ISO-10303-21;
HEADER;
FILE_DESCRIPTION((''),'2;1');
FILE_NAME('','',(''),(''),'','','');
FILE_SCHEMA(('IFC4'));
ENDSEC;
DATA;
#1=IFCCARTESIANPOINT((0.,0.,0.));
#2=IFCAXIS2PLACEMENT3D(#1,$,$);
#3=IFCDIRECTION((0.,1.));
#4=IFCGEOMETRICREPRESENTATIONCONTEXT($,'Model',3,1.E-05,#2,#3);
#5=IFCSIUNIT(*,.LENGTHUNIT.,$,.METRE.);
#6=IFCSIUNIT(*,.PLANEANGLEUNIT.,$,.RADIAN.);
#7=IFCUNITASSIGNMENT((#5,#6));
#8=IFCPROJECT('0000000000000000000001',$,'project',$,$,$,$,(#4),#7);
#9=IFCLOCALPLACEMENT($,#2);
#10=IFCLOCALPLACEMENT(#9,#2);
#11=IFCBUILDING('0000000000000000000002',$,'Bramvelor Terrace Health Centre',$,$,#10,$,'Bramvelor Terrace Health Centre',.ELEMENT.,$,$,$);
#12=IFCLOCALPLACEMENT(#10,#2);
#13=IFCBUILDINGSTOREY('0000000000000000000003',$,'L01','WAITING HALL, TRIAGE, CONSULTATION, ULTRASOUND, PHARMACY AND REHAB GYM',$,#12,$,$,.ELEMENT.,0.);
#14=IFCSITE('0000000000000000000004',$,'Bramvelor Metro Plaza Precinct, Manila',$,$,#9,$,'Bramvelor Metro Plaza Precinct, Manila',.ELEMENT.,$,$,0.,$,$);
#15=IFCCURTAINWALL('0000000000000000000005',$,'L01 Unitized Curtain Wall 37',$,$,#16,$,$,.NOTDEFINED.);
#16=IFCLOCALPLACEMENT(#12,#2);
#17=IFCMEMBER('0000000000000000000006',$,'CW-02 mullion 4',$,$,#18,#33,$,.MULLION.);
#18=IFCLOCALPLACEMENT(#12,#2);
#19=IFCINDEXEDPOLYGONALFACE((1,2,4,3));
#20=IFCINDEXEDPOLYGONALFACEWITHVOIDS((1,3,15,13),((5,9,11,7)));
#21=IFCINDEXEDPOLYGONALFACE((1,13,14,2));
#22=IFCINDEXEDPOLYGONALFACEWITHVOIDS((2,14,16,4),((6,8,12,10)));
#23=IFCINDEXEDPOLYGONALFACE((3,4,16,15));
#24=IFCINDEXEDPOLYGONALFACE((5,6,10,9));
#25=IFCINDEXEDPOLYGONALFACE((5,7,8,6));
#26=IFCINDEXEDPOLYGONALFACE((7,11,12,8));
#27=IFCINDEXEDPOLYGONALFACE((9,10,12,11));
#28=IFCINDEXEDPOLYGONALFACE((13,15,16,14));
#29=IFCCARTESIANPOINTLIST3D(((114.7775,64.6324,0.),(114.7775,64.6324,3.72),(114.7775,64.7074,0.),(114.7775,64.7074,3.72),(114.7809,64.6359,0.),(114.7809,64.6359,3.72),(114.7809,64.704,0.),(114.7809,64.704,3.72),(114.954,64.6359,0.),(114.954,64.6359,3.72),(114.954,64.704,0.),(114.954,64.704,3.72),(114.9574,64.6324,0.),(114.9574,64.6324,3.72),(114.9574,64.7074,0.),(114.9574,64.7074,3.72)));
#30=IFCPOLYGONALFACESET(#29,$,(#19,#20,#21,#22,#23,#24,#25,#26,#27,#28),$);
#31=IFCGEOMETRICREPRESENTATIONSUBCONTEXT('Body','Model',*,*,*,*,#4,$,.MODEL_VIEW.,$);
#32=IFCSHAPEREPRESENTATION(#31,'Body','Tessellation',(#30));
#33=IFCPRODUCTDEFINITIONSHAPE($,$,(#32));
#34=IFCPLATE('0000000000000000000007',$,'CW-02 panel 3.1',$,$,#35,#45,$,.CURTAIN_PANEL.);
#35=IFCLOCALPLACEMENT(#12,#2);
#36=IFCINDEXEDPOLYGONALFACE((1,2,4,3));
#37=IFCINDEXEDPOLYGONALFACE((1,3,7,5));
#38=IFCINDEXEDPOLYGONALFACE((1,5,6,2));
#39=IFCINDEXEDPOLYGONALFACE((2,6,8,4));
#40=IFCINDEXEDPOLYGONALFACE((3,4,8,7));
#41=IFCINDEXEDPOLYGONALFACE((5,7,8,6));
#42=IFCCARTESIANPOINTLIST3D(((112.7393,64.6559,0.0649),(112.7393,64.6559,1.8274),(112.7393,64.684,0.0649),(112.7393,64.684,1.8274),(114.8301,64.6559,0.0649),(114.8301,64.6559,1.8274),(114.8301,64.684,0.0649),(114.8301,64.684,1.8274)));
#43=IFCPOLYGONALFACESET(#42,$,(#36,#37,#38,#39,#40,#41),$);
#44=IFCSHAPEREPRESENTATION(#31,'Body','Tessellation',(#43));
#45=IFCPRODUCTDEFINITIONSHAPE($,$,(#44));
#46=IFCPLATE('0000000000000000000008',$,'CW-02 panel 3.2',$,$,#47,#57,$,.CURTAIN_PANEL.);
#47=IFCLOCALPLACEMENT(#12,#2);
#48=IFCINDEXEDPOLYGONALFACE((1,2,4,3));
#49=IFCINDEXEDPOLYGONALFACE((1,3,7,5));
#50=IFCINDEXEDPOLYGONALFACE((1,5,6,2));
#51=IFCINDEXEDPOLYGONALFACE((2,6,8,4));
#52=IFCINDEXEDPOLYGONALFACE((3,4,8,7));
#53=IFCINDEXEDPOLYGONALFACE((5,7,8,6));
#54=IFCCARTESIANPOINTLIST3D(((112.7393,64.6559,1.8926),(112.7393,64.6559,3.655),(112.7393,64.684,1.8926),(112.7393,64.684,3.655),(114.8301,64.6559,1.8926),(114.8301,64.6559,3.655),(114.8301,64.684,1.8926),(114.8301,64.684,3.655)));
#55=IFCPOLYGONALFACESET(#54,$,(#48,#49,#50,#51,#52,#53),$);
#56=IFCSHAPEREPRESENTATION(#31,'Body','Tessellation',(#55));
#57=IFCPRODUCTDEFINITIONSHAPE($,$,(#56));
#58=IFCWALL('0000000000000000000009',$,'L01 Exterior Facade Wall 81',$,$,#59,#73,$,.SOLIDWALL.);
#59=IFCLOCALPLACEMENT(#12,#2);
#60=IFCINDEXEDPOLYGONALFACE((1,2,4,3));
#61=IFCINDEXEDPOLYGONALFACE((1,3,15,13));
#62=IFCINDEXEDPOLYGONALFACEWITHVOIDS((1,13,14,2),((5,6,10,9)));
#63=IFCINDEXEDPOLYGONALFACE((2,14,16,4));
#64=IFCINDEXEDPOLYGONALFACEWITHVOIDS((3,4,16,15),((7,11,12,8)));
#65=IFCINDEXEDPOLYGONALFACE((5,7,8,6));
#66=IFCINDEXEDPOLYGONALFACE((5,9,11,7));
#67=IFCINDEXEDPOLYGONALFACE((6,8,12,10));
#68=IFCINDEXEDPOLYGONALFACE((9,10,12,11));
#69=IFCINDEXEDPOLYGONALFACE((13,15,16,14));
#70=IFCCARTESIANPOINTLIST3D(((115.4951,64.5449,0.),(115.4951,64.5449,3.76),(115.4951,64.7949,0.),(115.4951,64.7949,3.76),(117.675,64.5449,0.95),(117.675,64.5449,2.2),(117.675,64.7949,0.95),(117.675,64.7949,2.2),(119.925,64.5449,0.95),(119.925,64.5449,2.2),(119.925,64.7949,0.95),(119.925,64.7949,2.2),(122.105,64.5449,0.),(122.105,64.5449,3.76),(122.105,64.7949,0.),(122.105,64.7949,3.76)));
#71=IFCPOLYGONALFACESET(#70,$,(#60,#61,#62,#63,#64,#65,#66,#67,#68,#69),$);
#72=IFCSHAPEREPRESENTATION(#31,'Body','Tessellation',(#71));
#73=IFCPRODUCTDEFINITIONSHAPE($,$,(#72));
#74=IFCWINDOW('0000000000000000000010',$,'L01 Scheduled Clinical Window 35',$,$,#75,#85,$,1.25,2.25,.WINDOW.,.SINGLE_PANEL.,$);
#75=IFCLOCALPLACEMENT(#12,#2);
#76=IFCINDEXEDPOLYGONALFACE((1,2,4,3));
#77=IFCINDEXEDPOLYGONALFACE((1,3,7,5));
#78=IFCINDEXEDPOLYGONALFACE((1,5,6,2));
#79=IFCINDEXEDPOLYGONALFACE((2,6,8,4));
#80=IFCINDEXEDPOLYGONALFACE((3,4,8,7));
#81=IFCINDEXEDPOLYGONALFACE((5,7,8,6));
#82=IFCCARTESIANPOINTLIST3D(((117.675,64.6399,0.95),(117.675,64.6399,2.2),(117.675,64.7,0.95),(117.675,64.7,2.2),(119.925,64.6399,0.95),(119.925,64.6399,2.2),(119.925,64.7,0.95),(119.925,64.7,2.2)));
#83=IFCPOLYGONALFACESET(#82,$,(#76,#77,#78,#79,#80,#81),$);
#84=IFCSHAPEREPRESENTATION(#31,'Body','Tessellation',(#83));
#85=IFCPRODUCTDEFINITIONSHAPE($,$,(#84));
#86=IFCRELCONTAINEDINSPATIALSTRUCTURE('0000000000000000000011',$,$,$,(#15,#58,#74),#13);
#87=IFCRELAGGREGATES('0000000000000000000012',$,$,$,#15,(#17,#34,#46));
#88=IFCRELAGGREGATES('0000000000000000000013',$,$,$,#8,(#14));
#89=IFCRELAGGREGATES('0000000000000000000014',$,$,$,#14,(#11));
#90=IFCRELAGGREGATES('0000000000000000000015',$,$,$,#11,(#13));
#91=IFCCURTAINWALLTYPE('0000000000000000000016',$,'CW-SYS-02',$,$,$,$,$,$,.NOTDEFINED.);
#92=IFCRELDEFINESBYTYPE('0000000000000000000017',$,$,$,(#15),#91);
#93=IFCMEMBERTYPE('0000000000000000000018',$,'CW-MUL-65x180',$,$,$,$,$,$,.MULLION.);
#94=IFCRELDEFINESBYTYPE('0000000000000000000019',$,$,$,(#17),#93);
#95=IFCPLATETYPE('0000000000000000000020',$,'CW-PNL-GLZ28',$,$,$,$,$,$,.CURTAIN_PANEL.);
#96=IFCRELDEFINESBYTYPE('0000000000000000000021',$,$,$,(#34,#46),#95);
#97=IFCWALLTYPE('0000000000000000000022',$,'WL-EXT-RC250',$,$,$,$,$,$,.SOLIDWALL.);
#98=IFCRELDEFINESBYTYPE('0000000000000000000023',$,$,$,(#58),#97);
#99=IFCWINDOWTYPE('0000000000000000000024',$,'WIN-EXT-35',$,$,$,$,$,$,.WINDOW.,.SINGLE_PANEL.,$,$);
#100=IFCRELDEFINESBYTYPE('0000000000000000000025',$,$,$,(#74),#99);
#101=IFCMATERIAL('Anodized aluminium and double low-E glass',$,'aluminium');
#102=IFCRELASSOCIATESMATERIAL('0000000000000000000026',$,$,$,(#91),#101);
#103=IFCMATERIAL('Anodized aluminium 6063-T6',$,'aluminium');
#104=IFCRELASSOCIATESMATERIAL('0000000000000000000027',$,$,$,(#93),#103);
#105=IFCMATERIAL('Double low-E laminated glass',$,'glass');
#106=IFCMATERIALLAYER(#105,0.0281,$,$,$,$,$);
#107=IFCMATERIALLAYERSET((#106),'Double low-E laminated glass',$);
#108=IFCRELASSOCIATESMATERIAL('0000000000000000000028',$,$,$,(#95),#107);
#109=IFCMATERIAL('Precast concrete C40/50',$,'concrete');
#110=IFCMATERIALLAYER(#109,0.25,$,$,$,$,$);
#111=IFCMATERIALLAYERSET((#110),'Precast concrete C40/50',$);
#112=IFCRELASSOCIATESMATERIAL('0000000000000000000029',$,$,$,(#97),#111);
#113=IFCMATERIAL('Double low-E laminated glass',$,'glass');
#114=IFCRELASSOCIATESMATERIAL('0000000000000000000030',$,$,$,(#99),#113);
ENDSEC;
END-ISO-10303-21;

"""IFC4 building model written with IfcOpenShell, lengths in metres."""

from ifc_helpers import new_model, si_unit, direction, frame, frame_2d, origin, origin_2d, place, context, subcontext, project, spatial, rectangle, hollow_rectangle, extrude, material, layer, layer_set, material_profile, profile_set, type_object, element, fill, aggregate, save


model = new_model("IFC4")

# Units and contexts
model_context = context("Model", 3, precision=1e-05, world=origin(), true_north=direction((0.0, 1.0)))
body_context = subcontext(model_context, "Body", "Model", "MODEL_VIEW")
ifc_project = project(units=[si_unit("LENGTHUNIT", "METRE"), si_unit("PLANEANGLEUNIT", "RADIAN")], contexts=[model_context])

# Site, building, storey
site_placement = place(None, origin())
site = spatial("IfcSite", under=ifc_project, at=site_placement, Name="Bramvelor Metro Plaza Precinct, Manila", LongName="Bramvelor Metro Plaza Precinct, Manila", CompositionType="ELEMENT", RefElevation=0.0)
building_placement = place(site_placement, origin())
building = spatial("IfcBuilding", under=site, at=building_placement, Name="Bramvelor Terrace Health Centre", LongName="Bramvelor Terrace Health Centre", CompositionType="ELEMENT")
storey_placement = place(building_placement, origin())
storey = spatial("IfcBuildingStorey", under=building, at=storey_placement, Name="L01", Description="WAITING HALL, TRIAGE, CONSULTATION, ULTRASOUND, PHARMACY AND REHAB GYM", CompositionType="ELEMENT", Elevation=0.0)

# Curtain wall, member, plates
ifc_material_1 = material(Name="Anodized aluminium and double low-E glass", Category="aluminium")
curtain_wall_type = type_object("IfcCurtainWallType", Name="CW-SYS-02", PredefinedType="NOTDEFINED", material=ifc_material_1)
curtain_wall_placement = place(storey_placement, origin())
curtain_wall = element("IfcCurtainWall", 1, at=curtain_wall_placement, inside=storey, type_object=curtain_wall_type, Name="L01 Unitized Curtain Wall 37", PredefinedType="NOTDEFINED")
ifc_material_2 = material(Name="Anodized aluminium 6063-T6", Category="aluminium")
ifc_material_profile_1 = material_profile(ifc_material_2, hollow_rectangle(XDim=0.075, YDim=0.1799, WallThickness=0.0034, at=origin_2d()), Name="ALU-MUL 75x180x3.5")
ifc_profile_set_1 = profile_set([ifc_material_profile_1], Name="Anodized aluminium 6063-T6")
member_type = type_object("IfcMemberType", Name="CW-MUL-65x180", PredefinedType="MULLION", material=ifc_profile_set_1)
member_placement = place(storey_placement, frame((114.8674, 64.6699, 0.0), z_axis=(0.0, 0.0, 1.0), x_axis=(0.0, 1.0, 0.0)))
member = element("IfcMember", 2, at=member_placement, type_object=member_type, Name="CW-02 mullion 4", PredefinedType="MULLION", context=body_context, shape_type="SweptSolid", body=[
    extrude(hollow_rectangle(XDim=0.075, YDim=0.1799, WallThickness=0.0034, at=origin_2d()), origin(), (0.0, 0.0, 1.0), 3.72),
])
ifc_material_3 = material(Name="Double low-E laminated glass", Category="glass")
ifc_layer_1 = layer(ifc_material_3, 0.0281)
ifc_layer_set_1 = layer_set([ifc_layer_1], Name="Double low-E laminated glass")
plate_type = type_object("IfcPlateType", Name="CW-PNL-GLZ28", PredefinedType="CURTAIN_PANEL", material=ifc_layer_set_1)
plate_1_placement = place(storey_placement, frame((113.7847, 64.6699, 0.0649), z_axis=(0.0, 0.0, 1.0), x_axis=(1.0, 0.0, 0.0)))
plate_1 = element("IfcPlate", 3, at=plate_1_placement, type_object=plate_type, Name="CW-02 panel 3.1", PredefinedType="CURTAIN_PANEL", context=body_context, shape_type="SweptSolid", body=[
    extrude(rectangle(XDim=2.0908, YDim=0.0281, at=origin_2d()), origin(), (0.0, 0.0, 1.0), 1.7625),
])
plate_2_placement = place(storey_placement, frame((113.7847, 64.6699, 1.8926), z_axis=(0.0, 0.0, 1.0), x_axis=(1.0, 0.0, 0.0)))
plate_2 = element("IfcPlate", 4, at=plate_2_placement, type_object=plate_type, Name="CW-02 panel 3.2", PredefinedType="CURTAIN_PANEL", context=body_context, shape_type="SweptSolid", body=[
    extrude(rectangle(XDim=2.0908, YDim=0.0281, at=origin_2d()), origin(), (0.0, 0.0, 1.0), 1.7625),
])
aggregate(curtain_wall, [member, plate_1, plate_2])

# Wall, opening, window
ifc_material_4 = material(Name="Precast concrete C40/50", Category="concrete")
ifc_layer_2 = layer(ifc_material_4, 0.25)
ifc_layer_set_2 = layer_set([ifc_layer_2], Name="Precast concrete C40/50")
wall_type = type_object("IfcWallType", Name="WL-EXT-RC250", PredefinedType="SOLIDWALL", material=ifc_layer_set_2)
wall_placement = place(storey_placement, frame((115.4951, 64.6699, 0.0), z_axis=(0.0, 0.0, 1.0), x_axis=(1.0, 0.0, 0.0)))
wall = element("IfcWall", 5, at=wall_placement, inside=storey, type_object=wall_type, Name="L01 Exterior Facade Wall 81", PredefinedType="SOLIDWALL", context=body_context, shape_type="SweptSolid", body=[
    extrude(rectangle(XDim=6.6099, YDim=0.25, at=frame_2d((3.3049, 0.0))), origin(), (0.0, 0.0, 1.0), 3.76),
])
opening_placement = place(wall_placement, frame((2.1799, 0.0, 0.95)))
opening = element("IfcOpeningElement", 6, at=opening_placement, cuts=wall, PredefinedType="OPENING", context=body_context, shape_type="SweptSolid", body=[
    extrude(rectangle(XDim=2.25, YDim=1.25, at=frame_2d((1.125, 0.625))), frame((0.0, 0.135, 0.0), z_axis=(0.0, -1.0, 0.0), x_axis=(1.0, 0.0, 0.0)), (0.0, 0.0, 1.0), 0.27),
])
ifc_material_5 = material(Name="Double low-E laminated glass", Category="glass")
window_type = type_object("IfcWindowType", Name="WIN-EXT-35", PartitioningType="SINGLE_PANEL", PredefinedType="WINDOW", material=ifc_material_5)
window_placement = place(opening_placement, origin())
window = element("IfcWindow", 7, at=window_placement, inside=storey, type_object=window_type, Name="L01 Scheduled Clinical Window 35", OverallHeight=1.25, OverallWidth=2.25, PartitioningType="SINGLE_PANEL", PredefinedType="WINDOW", context=body_context, shape_type="SweptSolid", body=[
    extrude(rectangle(XDim=2.25, YDim=1.25, at=frame_2d((1.125, 0.625))), frame((0.0, 0.03, 0.0), z_axis=(0.0, -1.0, 0.0), x_axis=(1.0, 0.0, 0.0)), (0.0, 0.0, 1.0), 0.0601),
])
fill(opening, window)

save(model, "model.ifc")
